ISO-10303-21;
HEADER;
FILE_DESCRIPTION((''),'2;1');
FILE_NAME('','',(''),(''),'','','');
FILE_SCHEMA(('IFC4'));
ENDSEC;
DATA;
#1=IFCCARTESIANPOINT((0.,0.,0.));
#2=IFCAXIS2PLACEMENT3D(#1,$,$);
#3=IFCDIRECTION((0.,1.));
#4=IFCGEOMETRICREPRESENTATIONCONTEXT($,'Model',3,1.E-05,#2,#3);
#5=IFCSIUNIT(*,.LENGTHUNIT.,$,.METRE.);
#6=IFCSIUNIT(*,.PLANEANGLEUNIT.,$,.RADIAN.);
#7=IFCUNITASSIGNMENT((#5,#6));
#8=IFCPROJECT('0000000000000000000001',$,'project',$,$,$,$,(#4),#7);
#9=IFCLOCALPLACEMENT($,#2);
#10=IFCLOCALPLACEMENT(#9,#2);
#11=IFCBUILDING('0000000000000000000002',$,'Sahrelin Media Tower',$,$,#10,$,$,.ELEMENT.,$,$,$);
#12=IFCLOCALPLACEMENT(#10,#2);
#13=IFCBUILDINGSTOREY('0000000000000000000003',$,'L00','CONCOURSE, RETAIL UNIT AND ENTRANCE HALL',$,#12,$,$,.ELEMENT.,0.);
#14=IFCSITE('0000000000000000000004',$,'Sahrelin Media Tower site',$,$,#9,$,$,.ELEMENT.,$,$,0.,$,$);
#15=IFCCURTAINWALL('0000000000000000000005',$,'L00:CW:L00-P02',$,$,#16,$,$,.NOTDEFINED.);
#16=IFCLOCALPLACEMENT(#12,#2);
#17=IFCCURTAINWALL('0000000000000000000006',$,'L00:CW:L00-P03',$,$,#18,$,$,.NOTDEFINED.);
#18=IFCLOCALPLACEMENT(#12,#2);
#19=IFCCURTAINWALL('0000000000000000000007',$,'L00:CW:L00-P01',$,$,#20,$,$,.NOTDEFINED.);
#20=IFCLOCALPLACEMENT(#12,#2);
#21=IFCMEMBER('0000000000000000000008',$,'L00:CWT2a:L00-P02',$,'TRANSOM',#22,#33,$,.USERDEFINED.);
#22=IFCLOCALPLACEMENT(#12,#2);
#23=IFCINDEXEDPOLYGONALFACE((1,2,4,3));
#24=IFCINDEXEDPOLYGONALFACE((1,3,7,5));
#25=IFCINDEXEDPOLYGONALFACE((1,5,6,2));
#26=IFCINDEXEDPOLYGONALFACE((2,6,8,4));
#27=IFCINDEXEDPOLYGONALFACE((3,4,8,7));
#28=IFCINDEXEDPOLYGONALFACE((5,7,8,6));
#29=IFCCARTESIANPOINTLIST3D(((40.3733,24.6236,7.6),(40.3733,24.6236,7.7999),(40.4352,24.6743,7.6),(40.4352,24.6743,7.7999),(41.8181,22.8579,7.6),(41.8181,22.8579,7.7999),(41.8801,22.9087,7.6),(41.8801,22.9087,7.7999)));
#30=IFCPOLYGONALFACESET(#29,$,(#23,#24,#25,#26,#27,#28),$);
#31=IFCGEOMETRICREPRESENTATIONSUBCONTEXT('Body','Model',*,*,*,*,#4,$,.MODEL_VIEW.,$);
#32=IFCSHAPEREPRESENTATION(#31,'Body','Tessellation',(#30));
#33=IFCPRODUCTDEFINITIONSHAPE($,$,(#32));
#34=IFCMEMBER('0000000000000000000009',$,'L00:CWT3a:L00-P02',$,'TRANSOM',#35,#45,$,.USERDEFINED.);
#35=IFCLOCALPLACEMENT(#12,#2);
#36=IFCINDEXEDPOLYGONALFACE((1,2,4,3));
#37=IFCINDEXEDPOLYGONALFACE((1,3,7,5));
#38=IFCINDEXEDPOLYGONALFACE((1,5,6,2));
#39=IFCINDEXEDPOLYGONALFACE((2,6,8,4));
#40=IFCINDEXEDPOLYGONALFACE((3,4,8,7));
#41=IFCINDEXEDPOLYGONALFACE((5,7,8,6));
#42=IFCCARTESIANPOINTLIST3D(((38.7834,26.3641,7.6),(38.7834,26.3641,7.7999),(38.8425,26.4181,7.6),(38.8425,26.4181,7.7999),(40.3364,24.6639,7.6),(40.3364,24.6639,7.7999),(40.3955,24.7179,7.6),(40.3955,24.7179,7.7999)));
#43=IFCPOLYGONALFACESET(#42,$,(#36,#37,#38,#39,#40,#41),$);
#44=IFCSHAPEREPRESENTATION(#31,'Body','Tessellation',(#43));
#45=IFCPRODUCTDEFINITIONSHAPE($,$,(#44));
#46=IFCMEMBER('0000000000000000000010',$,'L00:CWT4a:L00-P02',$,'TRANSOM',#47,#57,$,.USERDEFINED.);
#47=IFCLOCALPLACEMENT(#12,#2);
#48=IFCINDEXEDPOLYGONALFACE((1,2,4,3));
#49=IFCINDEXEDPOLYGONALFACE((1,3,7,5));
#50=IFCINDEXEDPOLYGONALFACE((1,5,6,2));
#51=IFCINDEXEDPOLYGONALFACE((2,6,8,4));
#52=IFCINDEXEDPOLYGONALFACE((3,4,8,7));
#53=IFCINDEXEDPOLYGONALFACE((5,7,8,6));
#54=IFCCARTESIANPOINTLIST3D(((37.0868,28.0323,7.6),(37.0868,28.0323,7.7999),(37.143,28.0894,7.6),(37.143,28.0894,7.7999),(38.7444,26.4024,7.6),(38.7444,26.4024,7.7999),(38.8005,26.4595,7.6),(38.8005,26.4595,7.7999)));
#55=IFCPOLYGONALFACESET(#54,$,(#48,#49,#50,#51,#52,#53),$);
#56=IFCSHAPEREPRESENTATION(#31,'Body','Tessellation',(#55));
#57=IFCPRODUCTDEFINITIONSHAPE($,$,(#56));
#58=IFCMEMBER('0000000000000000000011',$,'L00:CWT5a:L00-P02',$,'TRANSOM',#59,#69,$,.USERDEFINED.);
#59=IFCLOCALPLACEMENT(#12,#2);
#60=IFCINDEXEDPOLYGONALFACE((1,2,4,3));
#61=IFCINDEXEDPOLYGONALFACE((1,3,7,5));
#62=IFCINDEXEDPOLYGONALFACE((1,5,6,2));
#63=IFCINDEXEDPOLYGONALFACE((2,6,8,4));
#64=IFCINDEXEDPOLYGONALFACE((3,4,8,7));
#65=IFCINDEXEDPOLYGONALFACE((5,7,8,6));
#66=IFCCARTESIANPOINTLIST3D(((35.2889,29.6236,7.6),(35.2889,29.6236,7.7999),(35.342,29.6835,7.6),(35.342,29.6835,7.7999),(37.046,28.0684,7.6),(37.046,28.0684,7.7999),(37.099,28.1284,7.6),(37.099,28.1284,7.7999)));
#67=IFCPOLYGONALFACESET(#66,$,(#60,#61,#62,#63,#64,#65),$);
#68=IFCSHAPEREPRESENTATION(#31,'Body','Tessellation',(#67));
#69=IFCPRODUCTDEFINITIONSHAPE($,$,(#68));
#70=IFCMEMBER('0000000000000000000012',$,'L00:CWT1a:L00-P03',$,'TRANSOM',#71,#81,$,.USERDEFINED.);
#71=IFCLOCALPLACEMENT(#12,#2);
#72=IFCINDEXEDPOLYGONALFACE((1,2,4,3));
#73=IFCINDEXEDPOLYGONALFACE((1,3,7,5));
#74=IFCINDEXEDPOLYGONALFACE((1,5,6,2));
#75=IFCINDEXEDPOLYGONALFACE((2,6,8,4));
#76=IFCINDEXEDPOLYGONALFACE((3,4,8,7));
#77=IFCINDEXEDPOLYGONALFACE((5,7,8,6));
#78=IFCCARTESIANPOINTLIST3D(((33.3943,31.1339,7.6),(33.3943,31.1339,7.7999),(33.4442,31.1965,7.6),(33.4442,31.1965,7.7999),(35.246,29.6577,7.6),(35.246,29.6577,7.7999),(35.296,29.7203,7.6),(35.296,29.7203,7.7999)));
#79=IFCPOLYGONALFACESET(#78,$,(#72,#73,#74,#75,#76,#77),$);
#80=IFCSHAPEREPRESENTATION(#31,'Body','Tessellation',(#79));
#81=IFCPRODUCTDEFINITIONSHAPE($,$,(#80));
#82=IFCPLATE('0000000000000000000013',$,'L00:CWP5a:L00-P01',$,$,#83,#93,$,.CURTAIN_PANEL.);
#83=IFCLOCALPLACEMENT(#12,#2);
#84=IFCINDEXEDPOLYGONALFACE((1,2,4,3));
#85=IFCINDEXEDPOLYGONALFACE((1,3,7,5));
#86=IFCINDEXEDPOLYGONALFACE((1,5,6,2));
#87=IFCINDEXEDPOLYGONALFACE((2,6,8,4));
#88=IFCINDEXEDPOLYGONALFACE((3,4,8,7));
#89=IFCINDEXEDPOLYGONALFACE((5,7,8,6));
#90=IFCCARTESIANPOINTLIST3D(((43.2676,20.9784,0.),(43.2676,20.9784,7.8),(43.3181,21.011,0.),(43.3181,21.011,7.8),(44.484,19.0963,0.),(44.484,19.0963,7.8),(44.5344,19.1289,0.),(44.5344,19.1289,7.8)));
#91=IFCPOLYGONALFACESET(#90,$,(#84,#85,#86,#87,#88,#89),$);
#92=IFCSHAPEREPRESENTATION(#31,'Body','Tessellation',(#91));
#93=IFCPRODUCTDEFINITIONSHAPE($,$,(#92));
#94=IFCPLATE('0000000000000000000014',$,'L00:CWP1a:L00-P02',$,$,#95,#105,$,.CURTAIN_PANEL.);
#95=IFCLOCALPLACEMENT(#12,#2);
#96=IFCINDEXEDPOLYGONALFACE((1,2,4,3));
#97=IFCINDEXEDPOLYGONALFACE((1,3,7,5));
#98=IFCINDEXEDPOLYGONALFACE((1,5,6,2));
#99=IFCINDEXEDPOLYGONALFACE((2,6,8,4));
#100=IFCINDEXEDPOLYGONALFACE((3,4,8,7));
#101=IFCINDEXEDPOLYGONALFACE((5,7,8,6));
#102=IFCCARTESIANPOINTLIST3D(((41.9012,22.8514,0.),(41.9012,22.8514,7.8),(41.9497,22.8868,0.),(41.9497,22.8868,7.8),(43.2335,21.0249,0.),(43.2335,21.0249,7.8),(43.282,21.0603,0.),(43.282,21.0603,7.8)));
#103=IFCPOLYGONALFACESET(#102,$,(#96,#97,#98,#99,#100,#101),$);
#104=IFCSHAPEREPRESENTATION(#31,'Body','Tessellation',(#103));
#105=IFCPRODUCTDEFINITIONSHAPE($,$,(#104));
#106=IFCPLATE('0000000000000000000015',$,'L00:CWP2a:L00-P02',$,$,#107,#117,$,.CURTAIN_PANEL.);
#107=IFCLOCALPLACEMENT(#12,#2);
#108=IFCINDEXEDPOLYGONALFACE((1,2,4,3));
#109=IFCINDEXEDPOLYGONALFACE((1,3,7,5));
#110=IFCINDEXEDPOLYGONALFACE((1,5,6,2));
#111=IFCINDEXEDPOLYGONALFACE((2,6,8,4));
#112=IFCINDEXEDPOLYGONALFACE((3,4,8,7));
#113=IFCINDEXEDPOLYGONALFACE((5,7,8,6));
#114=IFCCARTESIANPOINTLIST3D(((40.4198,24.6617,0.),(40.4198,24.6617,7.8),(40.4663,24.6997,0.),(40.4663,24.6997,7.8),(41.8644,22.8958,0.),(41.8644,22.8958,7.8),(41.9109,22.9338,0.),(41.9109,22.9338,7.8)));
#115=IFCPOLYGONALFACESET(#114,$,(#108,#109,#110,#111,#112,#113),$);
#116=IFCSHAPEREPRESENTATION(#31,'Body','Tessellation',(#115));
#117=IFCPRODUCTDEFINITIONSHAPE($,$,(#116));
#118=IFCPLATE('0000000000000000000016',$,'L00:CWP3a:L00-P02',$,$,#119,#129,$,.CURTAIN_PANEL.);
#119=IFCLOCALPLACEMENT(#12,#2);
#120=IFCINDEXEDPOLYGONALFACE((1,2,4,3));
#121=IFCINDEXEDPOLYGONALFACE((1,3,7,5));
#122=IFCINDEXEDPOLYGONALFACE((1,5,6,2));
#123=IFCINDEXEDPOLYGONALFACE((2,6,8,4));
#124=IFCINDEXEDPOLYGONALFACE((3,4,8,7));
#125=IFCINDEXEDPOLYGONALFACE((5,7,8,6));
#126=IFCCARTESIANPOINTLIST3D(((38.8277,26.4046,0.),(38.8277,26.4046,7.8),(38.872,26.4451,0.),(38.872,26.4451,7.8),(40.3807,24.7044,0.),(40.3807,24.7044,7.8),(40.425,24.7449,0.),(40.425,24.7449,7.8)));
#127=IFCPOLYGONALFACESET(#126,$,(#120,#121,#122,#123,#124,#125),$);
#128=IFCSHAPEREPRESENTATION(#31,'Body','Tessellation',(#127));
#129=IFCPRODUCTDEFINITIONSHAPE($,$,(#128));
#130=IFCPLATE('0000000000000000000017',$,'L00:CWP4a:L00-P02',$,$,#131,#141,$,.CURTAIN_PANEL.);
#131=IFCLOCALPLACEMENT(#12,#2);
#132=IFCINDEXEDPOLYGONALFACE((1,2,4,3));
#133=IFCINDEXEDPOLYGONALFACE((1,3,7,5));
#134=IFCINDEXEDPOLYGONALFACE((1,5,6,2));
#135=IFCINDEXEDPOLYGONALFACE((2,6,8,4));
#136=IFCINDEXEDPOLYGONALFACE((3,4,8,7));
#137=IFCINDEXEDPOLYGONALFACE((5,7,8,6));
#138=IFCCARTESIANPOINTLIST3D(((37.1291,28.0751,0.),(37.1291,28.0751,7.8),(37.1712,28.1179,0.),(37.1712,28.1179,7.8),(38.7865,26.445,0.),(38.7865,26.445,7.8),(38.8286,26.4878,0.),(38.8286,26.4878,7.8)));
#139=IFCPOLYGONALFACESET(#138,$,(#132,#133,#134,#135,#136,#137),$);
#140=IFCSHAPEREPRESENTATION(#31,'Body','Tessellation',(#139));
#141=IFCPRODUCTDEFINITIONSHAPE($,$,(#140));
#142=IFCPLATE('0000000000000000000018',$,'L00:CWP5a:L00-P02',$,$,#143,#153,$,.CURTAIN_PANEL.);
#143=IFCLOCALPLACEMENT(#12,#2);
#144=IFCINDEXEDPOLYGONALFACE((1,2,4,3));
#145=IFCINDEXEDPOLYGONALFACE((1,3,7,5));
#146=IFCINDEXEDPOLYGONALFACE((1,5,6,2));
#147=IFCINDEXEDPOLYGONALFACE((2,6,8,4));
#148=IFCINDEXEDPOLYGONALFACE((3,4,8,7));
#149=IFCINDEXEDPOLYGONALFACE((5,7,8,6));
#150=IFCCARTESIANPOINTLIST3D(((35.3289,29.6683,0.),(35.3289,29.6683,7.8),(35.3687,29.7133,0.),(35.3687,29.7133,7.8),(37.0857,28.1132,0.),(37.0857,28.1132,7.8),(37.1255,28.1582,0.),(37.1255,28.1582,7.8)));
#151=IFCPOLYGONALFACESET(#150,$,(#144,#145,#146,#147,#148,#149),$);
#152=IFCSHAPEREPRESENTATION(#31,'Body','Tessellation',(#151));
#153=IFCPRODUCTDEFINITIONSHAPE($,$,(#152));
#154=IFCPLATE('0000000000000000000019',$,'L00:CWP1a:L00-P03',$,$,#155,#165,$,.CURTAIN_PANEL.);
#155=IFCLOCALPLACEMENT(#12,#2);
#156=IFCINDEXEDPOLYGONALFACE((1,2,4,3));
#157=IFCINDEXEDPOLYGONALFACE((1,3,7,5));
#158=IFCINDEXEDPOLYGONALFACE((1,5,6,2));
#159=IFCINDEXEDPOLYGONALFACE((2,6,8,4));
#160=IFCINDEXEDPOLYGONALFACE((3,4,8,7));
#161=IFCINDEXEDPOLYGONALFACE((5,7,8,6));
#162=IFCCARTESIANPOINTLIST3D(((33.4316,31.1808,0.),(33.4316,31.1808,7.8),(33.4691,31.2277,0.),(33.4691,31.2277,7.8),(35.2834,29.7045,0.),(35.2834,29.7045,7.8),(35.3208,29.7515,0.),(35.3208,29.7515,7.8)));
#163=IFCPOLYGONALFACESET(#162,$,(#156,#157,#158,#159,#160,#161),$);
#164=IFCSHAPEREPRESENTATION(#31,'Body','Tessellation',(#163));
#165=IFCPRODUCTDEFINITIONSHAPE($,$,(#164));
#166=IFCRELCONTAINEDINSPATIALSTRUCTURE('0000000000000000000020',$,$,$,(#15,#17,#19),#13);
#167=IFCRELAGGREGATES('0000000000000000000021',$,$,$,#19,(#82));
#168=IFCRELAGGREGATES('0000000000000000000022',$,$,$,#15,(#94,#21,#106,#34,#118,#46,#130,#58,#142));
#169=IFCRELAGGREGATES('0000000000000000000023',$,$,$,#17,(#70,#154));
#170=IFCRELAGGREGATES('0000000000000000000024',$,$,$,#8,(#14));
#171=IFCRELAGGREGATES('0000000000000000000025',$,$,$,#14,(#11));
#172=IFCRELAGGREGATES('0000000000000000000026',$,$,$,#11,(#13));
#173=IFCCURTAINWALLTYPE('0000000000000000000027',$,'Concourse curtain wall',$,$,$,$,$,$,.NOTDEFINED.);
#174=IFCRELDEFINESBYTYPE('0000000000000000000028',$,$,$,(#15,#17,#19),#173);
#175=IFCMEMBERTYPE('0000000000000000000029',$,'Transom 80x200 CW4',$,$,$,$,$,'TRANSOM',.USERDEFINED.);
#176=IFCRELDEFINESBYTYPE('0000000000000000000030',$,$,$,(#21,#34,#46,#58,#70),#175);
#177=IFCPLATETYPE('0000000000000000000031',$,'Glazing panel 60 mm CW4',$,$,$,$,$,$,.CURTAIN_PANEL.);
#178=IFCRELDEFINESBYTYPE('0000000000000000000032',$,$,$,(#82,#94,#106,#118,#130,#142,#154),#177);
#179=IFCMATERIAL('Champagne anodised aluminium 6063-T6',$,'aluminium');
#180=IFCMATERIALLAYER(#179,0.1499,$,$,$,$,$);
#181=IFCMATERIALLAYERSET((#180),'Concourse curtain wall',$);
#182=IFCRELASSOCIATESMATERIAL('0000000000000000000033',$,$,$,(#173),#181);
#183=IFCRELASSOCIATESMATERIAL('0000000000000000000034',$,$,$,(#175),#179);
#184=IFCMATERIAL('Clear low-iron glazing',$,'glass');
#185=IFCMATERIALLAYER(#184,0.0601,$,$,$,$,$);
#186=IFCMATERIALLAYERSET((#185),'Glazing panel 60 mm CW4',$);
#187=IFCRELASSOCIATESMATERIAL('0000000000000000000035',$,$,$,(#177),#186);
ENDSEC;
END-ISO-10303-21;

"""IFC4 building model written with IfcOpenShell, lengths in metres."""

from ifc_helpers import new_model, si_unit, direction, frame, origin, origin_2d, place, context, subcontext, project, spatial, polyline, rectangle, outline, extrude, material, layer, layer_set, material_profile, profile_set, type_object, element, aggregate, save


model = new_model("IFC4")

# Units and contexts
model_context = context("Model", 3, precision=1e-05, world=origin(), true_north=direction((0.0, 1.0)))
body_context = subcontext(model_context, "Body", "Model", "MODEL_VIEW")
ifc_project = project(units=[si_unit("LENGTHUNIT", "METRE"), si_unit("PLANEANGLEUNIT", "RADIAN")], contexts=[model_context])

# Site, building, storey
site_placement = place(None, origin())
site = spatial("IfcSite", under=ifc_project, at=site_placement, Name="Sahrelin Media Tower site", CompositionType="ELEMENT", RefElevation=0.0)
building_placement = place(site_placement, origin())
building = spatial("IfcBuilding", under=site, at=building_placement, Name="Sahrelin Media Tower", CompositionType="ELEMENT")
storey_placement = place(building_placement, origin())
storey = spatial("IfcBuildingStorey", under=building, at=storey_placement, Name="L00", Description="CONCOURSE, RETAIL UNIT AND ENTRANCE HALL", CompositionType="ELEMENT", Elevation=0.0)

# Curtain wall
ifc_material_1 = material(Name="Champagne anodised aluminium 6063-T6", Category="aluminium")
ifc_layer_1 = layer(ifc_material_1, 0.1499)
ifc_layer_set_1 = layer_set([ifc_layer_1], Name="Concourse curtain wall")
curtain_wall_type = type_object("IfcCurtainWallType", Name="Concourse curtain wall", PredefinedType="NOTDEFINED", material=ifc_layer_set_1)
curtain_wall_1_placement = place(storey_placement, frame((43.3013, 21.0, 0.0), z_axis=(0.0, 0.0, 1.0), x_axis=(1.0, 0.0, 0.0)))
curtain_wall_1 = element("IfcCurtainWall", 1, at=curtain_wall_1_placement, inside=storey, type_object=curtain_wall_type, Name="L00:CW:L00-P02", PredefinedType="NOTDEFINED")

# Curtain wall
curtain_wall_2_placement = place(storey_placement, frame((35.3552, 29.6985, 0.0), z_axis=(0.0, 0.0, 1.0), x_axis=(1.0, 0.0, 0.0)))
curtain_wall_2 = element("IfcCurtainWall", 2, at=curtain_wall_2_placement, inside=storey, type_object=curtain_wall_type, Name="L00:CW:L00-P03", PredefinedType="NOTDEFINED")

# Curtain wall
curtain_wall_3_placement = place(storey_placement, frame((48.2964, 10.8704, 0.0), z_axis=(0.0, 0.0, 1.0), x_axis=(1.0, 0.0, 0.0)))
curtain_wall_3 = element("IfcCurtainWall", 3, at=curtain_wall_3_placement, inside=storey, type_object=curtain_wall_type, Name="L00:CW:L00-P01", PredefinedType="NOTDEFINED")
ifc_material_profile_1 = material_profile(ifc_material_1, rectangle(XDim=0.0801, YDim=0.2, at=origin_2d()), Name="Transom 80x200")
ifc_profile_set_1 = profile_set([ifc_material_profile_1], Name="Champagne anodised aluminium 6063-T6")
member_type_1 = type_object("IfcMemberType", Name="Transom 80x200 CW4", ElementType="TRANSOM", PredefinedType="USERDEFINED", material=ifc_profile_set_1)

# Members
member_1_placement = place(storey_placement, frame((41.8491, 22.8833, 7.7), z_axis=(-0.633296, 0.77391, 0.0), x_axis=(-0.77391, -0.633296, 0.0)))
member_1 = element("IfcMember", 4, at=member_1_placement, type_object=member_type_1, Name="L00:CWT2a:L00-P02", ObjectType="TRANSOM", PredefinedType="USERDEFINED", context=body_context, shape_type="SweptSolid", body=[
    extrude(rectangle(XDim=0.0801, YDim=0.2, at=origin_2d()), origin(), (0.0, 0.0, 1.0), 2.2815),
])
member_2_placement = place(storey_placement, frame((40.366, 24.6909, 7.7), z_axis=(-0.674418, 0.73835, 0.0), x_axis=(-0.73835, -0.674418, 0.0)))
member_2 = element("IfcMember", 5, at=member_2_placement, type_object=member_type_1, Name="L00:CWT3a:L00-P02", ObjectType="TRANSOM", PredefinedType="USERDEFINED", context=body_context, shape_type="SweptSolid", body=[
    extrude(rectangle(XDim=0.0801, YDim=0.2, at=origin_2d()), origin(), (0.0, 0.0, 1.0), 2.3027),
])
member_3_placement = place(storey_placement, frame((38.7725, 26.4309, 7.7), z_axis=(-0.713016, 0.701148, 0.0), x_axis=(-0.701148, -0.713016, 0.0)))
member_3 = element("IfcMember", 6, at=member_3_placement, type_object=member_type_1, Name="L00:CWT4a:L00-P02", ObjectType="TRANSOM", PredefinedType="USERDEFINED", context=body_context, shape_type="SweptSolid", body=[
    extrude(rectangle(XDim=0.0801, YDim=0.2, at=origin_2d()), origin(), (0.0, 0.0, 1.0), 2.3247),
])
member_4_placement = place(storey_placement, frame((37.0725, 28.0984, 7.7), z_axis=(-0.74882, 0.662774, 0.0), x_axis=(-0.662774, -0.74882, 0.0)))
member_4 = element("IfcMember", 7, at=member_4_placement, type_object=member_type_1, Name="L00:CWT5a:L00-P02", ObjectType="TRANSOM", PredefinedType="USERDEFINED", context=body_context, shape_type="SweptSolid", body=[
    extrude(rectangle(XDim=0.0801, YDim=0.2, at=origin_2d()), origin(), (0.0, 0.0, 1.0), 2.3464),
])
member_5_placement = place(storey_placement, frame((35.271, 29.689, 7.7), z_axis=(-0.781924, 0.623374, 0.0), x_axis=(-0.623374, -0.781924, 0.0)))
member_5 = element("IfcMember", 8, at=member_5_placement, type_object=member_type_1, Name="L00:CWT1a:L00-P03", ObjectType="TRANSOM", PredefinedType="USERDEFINED", context=body_context, shape_type="SweptSolid", body=[
    extrude(rectangle(XDim=0.0801, YDim=0.2, at=origin_2d()), origin(), (0.0, 0.0, 1.0), 2.3682),
])

# Plates
ifc_material_2 = material(Name="Clear low-iron glazing", Category="glass")
ifc_layer_2 = layer(ifc_material_2, 0.0601)
ifc_layer_set_2 = layer_set([ifc_layer_2], Name="Glazing panel 60 mm CW4")
plate_type = type_object("IfcPlateType", Name="Glazing panel 60 mm CW4", PredefinedType="CURTAIN_PANEL", material=ifc_layer_set_2)
plate_1_placement = place(storey_placement, frame((44.5344, 19.1289, 0.0), z_axis=(0.839877, 0.542777, 0.0), x_axis=(-0.542777, 0.839877, 0.0)))
plate_1 = element("IfcPlate", 9, at=plate_1_placement, type_object=plate_type, Name="L00:CWP5a:L00-P01", PredefinedType="CURTAIN_PANEL", context=body_context, shape_type="SweptSolid", body=[
    extrude(outline(polyline([(0.0, 0.0), (2.241, 0.0), (2.241, 7.8), (0.0, 7.8), (0.0, 0.0)])), origin(), (0.0, 0.0, -1.0), 0.0601),
])
aggregate(curtain_wall_3, [plate_1])
plate_2_placement = place(storey_placement, frame((43.282, 21.0603, 0.0), z_axis=(0.807899, 0.589321, 0.0), x_axis=(-0.589321, 0.807899, 0.0)))
plate_2 = element("IfcPlate", 10, at=plate_2_placement, type_object=plate_type, Name="L00:CWP1a:L00-P02", PredefinedType="CURTAIN_PANEL", context=body_context, shape_type="SweptSolid", body=[
    extrude(outline(polyline([(0.0, 0.0), (2.2607, 0.0), (2.2607, 7.8), (0.0, 7.8), (0.0, 0.0)])), origin(), (0.0, 0.0, -1.0), 0.0601),
])
plate_3_placement = place(storey_placement, frame((41.9109, 22.9338, 0.0), z_axis=(0.774005, 0.63318, 0.0), x_axis=(-0.63318, 0.774005, 0.0)))
plate_3 = element("IfcPlate", 11, at=plate_3_placement, type_object=plate_type, Name="L00:CWP2a:L00-P02", PredefinedType="CURTAIN_PANEL", context=body_context, shape_type="SweptSolid", body=[
    extrude(outline(polyline([(0.0, 0.0), (2.2815, 0.0), (2.2815, 7.8), (0.0, 7.8), (0.0, 0.0)])), origin(), (0.0, 0.0, -1.0), 0.0601),
])
plate_4_placement = place(storey_placement, frame((40.425, 24.7449, 0.0), z_axis=(0.73835, 0.674418, 0.0), x_axis=(-0.674418, 0.73835, 0.0)))
plate_4 = element("IfcPlate", 12, at=plate_4_placement, type_object=plate_type, Name="L00:CWP3a:L00-P02", PredefinedType="CURTAIN_PANEL", context=body_context, shape_type="SweptSolid", body=[
    extrude(outline(polyline([(0.0, 0.0), (2.3027, 0.0), (2.3027, 7.8), (0.0, 7.8), (0.0, 0.0)])), origin(), (0.0, 0.0, -1.0), 0.0601),
])
plate_5_placement = place(storey_placement, frame((38.8286, 26.4878, 0.0), z_axis=(0.701201, 0.712963, 0.0), x_axis=(-0.712963, 0.701201, 0.0)))
plate_5 = element("IfcPlate", 13, at=plate_5_placement, type_object=plate_type, Name="L00:CWP4a:L00-P02", PredefinedType="CURTAIN_PANEL", context=body_context, shape_type="SweptSolid", body=[
    extrude(outline(polyline([(0.0, 0.0), (2.3247, 0.0), (2.3247, 7.8), (0.0, 7.8), (0.0, 0.0)])), origin(), (0.0, 0.0, -1.0), 0.0601),
])
plate_6_placement = place(storey_placement, frame((37.1255, 28.1582, 0.0), z_axis=(0.662825, 0.748774, 0.0), x_axis=(-0.748774, 0.662825, 0.0)))
plate_6 = element("IfcPlate", 14, at=plate_6_placement, type_object=plate_type, Name="L00:CWP5a:L00-P02", PredefinedType="CURTAIN_PANEL", context=body_context, shape_type="SweptSolid", body=[
    extrude(outline(polyline([(0.0, 0.0), (2.3462, 0.0), (2.3462, 7.8), (0.0, 7.8), (0.0, 0.0)])), origin(), (0.0, 0.0, -1.0), 0.0601),
])
aggregate(curtain_wall_1, [plate_2, member_1, plate_3, member_2, plate_4, member_3, plate_5, member_4, plate_6])
plate_7_placement = place(storey_placement, frame((35.3208, 29.7515, 0.0), z_axis=(0.623374, 0.781924, 0.0), x_axis=(-0.781924, 0.623374, 0.0)))
plate_7 = element("IfcPlate", 15, at=plate_7_placement, type_object=plate_type, Name="L00:CWP1a:L00-P03", PredefinedType="CURTAIN_PANEL", context=body_context, shape_type="SweptSolid", body=[
    extrude(outline(polyline([(0.0, 0.0), (2.3682, 0.0), (2.3682, 7.8), (0.0, 7.8), (0.0, 0.0)])), origin(), (0.0, 0.0, -1.0), 0.0601),
])
aggregate(curtain_wall_2, [member_5, plate_7])

save(model, "model.ifc")
